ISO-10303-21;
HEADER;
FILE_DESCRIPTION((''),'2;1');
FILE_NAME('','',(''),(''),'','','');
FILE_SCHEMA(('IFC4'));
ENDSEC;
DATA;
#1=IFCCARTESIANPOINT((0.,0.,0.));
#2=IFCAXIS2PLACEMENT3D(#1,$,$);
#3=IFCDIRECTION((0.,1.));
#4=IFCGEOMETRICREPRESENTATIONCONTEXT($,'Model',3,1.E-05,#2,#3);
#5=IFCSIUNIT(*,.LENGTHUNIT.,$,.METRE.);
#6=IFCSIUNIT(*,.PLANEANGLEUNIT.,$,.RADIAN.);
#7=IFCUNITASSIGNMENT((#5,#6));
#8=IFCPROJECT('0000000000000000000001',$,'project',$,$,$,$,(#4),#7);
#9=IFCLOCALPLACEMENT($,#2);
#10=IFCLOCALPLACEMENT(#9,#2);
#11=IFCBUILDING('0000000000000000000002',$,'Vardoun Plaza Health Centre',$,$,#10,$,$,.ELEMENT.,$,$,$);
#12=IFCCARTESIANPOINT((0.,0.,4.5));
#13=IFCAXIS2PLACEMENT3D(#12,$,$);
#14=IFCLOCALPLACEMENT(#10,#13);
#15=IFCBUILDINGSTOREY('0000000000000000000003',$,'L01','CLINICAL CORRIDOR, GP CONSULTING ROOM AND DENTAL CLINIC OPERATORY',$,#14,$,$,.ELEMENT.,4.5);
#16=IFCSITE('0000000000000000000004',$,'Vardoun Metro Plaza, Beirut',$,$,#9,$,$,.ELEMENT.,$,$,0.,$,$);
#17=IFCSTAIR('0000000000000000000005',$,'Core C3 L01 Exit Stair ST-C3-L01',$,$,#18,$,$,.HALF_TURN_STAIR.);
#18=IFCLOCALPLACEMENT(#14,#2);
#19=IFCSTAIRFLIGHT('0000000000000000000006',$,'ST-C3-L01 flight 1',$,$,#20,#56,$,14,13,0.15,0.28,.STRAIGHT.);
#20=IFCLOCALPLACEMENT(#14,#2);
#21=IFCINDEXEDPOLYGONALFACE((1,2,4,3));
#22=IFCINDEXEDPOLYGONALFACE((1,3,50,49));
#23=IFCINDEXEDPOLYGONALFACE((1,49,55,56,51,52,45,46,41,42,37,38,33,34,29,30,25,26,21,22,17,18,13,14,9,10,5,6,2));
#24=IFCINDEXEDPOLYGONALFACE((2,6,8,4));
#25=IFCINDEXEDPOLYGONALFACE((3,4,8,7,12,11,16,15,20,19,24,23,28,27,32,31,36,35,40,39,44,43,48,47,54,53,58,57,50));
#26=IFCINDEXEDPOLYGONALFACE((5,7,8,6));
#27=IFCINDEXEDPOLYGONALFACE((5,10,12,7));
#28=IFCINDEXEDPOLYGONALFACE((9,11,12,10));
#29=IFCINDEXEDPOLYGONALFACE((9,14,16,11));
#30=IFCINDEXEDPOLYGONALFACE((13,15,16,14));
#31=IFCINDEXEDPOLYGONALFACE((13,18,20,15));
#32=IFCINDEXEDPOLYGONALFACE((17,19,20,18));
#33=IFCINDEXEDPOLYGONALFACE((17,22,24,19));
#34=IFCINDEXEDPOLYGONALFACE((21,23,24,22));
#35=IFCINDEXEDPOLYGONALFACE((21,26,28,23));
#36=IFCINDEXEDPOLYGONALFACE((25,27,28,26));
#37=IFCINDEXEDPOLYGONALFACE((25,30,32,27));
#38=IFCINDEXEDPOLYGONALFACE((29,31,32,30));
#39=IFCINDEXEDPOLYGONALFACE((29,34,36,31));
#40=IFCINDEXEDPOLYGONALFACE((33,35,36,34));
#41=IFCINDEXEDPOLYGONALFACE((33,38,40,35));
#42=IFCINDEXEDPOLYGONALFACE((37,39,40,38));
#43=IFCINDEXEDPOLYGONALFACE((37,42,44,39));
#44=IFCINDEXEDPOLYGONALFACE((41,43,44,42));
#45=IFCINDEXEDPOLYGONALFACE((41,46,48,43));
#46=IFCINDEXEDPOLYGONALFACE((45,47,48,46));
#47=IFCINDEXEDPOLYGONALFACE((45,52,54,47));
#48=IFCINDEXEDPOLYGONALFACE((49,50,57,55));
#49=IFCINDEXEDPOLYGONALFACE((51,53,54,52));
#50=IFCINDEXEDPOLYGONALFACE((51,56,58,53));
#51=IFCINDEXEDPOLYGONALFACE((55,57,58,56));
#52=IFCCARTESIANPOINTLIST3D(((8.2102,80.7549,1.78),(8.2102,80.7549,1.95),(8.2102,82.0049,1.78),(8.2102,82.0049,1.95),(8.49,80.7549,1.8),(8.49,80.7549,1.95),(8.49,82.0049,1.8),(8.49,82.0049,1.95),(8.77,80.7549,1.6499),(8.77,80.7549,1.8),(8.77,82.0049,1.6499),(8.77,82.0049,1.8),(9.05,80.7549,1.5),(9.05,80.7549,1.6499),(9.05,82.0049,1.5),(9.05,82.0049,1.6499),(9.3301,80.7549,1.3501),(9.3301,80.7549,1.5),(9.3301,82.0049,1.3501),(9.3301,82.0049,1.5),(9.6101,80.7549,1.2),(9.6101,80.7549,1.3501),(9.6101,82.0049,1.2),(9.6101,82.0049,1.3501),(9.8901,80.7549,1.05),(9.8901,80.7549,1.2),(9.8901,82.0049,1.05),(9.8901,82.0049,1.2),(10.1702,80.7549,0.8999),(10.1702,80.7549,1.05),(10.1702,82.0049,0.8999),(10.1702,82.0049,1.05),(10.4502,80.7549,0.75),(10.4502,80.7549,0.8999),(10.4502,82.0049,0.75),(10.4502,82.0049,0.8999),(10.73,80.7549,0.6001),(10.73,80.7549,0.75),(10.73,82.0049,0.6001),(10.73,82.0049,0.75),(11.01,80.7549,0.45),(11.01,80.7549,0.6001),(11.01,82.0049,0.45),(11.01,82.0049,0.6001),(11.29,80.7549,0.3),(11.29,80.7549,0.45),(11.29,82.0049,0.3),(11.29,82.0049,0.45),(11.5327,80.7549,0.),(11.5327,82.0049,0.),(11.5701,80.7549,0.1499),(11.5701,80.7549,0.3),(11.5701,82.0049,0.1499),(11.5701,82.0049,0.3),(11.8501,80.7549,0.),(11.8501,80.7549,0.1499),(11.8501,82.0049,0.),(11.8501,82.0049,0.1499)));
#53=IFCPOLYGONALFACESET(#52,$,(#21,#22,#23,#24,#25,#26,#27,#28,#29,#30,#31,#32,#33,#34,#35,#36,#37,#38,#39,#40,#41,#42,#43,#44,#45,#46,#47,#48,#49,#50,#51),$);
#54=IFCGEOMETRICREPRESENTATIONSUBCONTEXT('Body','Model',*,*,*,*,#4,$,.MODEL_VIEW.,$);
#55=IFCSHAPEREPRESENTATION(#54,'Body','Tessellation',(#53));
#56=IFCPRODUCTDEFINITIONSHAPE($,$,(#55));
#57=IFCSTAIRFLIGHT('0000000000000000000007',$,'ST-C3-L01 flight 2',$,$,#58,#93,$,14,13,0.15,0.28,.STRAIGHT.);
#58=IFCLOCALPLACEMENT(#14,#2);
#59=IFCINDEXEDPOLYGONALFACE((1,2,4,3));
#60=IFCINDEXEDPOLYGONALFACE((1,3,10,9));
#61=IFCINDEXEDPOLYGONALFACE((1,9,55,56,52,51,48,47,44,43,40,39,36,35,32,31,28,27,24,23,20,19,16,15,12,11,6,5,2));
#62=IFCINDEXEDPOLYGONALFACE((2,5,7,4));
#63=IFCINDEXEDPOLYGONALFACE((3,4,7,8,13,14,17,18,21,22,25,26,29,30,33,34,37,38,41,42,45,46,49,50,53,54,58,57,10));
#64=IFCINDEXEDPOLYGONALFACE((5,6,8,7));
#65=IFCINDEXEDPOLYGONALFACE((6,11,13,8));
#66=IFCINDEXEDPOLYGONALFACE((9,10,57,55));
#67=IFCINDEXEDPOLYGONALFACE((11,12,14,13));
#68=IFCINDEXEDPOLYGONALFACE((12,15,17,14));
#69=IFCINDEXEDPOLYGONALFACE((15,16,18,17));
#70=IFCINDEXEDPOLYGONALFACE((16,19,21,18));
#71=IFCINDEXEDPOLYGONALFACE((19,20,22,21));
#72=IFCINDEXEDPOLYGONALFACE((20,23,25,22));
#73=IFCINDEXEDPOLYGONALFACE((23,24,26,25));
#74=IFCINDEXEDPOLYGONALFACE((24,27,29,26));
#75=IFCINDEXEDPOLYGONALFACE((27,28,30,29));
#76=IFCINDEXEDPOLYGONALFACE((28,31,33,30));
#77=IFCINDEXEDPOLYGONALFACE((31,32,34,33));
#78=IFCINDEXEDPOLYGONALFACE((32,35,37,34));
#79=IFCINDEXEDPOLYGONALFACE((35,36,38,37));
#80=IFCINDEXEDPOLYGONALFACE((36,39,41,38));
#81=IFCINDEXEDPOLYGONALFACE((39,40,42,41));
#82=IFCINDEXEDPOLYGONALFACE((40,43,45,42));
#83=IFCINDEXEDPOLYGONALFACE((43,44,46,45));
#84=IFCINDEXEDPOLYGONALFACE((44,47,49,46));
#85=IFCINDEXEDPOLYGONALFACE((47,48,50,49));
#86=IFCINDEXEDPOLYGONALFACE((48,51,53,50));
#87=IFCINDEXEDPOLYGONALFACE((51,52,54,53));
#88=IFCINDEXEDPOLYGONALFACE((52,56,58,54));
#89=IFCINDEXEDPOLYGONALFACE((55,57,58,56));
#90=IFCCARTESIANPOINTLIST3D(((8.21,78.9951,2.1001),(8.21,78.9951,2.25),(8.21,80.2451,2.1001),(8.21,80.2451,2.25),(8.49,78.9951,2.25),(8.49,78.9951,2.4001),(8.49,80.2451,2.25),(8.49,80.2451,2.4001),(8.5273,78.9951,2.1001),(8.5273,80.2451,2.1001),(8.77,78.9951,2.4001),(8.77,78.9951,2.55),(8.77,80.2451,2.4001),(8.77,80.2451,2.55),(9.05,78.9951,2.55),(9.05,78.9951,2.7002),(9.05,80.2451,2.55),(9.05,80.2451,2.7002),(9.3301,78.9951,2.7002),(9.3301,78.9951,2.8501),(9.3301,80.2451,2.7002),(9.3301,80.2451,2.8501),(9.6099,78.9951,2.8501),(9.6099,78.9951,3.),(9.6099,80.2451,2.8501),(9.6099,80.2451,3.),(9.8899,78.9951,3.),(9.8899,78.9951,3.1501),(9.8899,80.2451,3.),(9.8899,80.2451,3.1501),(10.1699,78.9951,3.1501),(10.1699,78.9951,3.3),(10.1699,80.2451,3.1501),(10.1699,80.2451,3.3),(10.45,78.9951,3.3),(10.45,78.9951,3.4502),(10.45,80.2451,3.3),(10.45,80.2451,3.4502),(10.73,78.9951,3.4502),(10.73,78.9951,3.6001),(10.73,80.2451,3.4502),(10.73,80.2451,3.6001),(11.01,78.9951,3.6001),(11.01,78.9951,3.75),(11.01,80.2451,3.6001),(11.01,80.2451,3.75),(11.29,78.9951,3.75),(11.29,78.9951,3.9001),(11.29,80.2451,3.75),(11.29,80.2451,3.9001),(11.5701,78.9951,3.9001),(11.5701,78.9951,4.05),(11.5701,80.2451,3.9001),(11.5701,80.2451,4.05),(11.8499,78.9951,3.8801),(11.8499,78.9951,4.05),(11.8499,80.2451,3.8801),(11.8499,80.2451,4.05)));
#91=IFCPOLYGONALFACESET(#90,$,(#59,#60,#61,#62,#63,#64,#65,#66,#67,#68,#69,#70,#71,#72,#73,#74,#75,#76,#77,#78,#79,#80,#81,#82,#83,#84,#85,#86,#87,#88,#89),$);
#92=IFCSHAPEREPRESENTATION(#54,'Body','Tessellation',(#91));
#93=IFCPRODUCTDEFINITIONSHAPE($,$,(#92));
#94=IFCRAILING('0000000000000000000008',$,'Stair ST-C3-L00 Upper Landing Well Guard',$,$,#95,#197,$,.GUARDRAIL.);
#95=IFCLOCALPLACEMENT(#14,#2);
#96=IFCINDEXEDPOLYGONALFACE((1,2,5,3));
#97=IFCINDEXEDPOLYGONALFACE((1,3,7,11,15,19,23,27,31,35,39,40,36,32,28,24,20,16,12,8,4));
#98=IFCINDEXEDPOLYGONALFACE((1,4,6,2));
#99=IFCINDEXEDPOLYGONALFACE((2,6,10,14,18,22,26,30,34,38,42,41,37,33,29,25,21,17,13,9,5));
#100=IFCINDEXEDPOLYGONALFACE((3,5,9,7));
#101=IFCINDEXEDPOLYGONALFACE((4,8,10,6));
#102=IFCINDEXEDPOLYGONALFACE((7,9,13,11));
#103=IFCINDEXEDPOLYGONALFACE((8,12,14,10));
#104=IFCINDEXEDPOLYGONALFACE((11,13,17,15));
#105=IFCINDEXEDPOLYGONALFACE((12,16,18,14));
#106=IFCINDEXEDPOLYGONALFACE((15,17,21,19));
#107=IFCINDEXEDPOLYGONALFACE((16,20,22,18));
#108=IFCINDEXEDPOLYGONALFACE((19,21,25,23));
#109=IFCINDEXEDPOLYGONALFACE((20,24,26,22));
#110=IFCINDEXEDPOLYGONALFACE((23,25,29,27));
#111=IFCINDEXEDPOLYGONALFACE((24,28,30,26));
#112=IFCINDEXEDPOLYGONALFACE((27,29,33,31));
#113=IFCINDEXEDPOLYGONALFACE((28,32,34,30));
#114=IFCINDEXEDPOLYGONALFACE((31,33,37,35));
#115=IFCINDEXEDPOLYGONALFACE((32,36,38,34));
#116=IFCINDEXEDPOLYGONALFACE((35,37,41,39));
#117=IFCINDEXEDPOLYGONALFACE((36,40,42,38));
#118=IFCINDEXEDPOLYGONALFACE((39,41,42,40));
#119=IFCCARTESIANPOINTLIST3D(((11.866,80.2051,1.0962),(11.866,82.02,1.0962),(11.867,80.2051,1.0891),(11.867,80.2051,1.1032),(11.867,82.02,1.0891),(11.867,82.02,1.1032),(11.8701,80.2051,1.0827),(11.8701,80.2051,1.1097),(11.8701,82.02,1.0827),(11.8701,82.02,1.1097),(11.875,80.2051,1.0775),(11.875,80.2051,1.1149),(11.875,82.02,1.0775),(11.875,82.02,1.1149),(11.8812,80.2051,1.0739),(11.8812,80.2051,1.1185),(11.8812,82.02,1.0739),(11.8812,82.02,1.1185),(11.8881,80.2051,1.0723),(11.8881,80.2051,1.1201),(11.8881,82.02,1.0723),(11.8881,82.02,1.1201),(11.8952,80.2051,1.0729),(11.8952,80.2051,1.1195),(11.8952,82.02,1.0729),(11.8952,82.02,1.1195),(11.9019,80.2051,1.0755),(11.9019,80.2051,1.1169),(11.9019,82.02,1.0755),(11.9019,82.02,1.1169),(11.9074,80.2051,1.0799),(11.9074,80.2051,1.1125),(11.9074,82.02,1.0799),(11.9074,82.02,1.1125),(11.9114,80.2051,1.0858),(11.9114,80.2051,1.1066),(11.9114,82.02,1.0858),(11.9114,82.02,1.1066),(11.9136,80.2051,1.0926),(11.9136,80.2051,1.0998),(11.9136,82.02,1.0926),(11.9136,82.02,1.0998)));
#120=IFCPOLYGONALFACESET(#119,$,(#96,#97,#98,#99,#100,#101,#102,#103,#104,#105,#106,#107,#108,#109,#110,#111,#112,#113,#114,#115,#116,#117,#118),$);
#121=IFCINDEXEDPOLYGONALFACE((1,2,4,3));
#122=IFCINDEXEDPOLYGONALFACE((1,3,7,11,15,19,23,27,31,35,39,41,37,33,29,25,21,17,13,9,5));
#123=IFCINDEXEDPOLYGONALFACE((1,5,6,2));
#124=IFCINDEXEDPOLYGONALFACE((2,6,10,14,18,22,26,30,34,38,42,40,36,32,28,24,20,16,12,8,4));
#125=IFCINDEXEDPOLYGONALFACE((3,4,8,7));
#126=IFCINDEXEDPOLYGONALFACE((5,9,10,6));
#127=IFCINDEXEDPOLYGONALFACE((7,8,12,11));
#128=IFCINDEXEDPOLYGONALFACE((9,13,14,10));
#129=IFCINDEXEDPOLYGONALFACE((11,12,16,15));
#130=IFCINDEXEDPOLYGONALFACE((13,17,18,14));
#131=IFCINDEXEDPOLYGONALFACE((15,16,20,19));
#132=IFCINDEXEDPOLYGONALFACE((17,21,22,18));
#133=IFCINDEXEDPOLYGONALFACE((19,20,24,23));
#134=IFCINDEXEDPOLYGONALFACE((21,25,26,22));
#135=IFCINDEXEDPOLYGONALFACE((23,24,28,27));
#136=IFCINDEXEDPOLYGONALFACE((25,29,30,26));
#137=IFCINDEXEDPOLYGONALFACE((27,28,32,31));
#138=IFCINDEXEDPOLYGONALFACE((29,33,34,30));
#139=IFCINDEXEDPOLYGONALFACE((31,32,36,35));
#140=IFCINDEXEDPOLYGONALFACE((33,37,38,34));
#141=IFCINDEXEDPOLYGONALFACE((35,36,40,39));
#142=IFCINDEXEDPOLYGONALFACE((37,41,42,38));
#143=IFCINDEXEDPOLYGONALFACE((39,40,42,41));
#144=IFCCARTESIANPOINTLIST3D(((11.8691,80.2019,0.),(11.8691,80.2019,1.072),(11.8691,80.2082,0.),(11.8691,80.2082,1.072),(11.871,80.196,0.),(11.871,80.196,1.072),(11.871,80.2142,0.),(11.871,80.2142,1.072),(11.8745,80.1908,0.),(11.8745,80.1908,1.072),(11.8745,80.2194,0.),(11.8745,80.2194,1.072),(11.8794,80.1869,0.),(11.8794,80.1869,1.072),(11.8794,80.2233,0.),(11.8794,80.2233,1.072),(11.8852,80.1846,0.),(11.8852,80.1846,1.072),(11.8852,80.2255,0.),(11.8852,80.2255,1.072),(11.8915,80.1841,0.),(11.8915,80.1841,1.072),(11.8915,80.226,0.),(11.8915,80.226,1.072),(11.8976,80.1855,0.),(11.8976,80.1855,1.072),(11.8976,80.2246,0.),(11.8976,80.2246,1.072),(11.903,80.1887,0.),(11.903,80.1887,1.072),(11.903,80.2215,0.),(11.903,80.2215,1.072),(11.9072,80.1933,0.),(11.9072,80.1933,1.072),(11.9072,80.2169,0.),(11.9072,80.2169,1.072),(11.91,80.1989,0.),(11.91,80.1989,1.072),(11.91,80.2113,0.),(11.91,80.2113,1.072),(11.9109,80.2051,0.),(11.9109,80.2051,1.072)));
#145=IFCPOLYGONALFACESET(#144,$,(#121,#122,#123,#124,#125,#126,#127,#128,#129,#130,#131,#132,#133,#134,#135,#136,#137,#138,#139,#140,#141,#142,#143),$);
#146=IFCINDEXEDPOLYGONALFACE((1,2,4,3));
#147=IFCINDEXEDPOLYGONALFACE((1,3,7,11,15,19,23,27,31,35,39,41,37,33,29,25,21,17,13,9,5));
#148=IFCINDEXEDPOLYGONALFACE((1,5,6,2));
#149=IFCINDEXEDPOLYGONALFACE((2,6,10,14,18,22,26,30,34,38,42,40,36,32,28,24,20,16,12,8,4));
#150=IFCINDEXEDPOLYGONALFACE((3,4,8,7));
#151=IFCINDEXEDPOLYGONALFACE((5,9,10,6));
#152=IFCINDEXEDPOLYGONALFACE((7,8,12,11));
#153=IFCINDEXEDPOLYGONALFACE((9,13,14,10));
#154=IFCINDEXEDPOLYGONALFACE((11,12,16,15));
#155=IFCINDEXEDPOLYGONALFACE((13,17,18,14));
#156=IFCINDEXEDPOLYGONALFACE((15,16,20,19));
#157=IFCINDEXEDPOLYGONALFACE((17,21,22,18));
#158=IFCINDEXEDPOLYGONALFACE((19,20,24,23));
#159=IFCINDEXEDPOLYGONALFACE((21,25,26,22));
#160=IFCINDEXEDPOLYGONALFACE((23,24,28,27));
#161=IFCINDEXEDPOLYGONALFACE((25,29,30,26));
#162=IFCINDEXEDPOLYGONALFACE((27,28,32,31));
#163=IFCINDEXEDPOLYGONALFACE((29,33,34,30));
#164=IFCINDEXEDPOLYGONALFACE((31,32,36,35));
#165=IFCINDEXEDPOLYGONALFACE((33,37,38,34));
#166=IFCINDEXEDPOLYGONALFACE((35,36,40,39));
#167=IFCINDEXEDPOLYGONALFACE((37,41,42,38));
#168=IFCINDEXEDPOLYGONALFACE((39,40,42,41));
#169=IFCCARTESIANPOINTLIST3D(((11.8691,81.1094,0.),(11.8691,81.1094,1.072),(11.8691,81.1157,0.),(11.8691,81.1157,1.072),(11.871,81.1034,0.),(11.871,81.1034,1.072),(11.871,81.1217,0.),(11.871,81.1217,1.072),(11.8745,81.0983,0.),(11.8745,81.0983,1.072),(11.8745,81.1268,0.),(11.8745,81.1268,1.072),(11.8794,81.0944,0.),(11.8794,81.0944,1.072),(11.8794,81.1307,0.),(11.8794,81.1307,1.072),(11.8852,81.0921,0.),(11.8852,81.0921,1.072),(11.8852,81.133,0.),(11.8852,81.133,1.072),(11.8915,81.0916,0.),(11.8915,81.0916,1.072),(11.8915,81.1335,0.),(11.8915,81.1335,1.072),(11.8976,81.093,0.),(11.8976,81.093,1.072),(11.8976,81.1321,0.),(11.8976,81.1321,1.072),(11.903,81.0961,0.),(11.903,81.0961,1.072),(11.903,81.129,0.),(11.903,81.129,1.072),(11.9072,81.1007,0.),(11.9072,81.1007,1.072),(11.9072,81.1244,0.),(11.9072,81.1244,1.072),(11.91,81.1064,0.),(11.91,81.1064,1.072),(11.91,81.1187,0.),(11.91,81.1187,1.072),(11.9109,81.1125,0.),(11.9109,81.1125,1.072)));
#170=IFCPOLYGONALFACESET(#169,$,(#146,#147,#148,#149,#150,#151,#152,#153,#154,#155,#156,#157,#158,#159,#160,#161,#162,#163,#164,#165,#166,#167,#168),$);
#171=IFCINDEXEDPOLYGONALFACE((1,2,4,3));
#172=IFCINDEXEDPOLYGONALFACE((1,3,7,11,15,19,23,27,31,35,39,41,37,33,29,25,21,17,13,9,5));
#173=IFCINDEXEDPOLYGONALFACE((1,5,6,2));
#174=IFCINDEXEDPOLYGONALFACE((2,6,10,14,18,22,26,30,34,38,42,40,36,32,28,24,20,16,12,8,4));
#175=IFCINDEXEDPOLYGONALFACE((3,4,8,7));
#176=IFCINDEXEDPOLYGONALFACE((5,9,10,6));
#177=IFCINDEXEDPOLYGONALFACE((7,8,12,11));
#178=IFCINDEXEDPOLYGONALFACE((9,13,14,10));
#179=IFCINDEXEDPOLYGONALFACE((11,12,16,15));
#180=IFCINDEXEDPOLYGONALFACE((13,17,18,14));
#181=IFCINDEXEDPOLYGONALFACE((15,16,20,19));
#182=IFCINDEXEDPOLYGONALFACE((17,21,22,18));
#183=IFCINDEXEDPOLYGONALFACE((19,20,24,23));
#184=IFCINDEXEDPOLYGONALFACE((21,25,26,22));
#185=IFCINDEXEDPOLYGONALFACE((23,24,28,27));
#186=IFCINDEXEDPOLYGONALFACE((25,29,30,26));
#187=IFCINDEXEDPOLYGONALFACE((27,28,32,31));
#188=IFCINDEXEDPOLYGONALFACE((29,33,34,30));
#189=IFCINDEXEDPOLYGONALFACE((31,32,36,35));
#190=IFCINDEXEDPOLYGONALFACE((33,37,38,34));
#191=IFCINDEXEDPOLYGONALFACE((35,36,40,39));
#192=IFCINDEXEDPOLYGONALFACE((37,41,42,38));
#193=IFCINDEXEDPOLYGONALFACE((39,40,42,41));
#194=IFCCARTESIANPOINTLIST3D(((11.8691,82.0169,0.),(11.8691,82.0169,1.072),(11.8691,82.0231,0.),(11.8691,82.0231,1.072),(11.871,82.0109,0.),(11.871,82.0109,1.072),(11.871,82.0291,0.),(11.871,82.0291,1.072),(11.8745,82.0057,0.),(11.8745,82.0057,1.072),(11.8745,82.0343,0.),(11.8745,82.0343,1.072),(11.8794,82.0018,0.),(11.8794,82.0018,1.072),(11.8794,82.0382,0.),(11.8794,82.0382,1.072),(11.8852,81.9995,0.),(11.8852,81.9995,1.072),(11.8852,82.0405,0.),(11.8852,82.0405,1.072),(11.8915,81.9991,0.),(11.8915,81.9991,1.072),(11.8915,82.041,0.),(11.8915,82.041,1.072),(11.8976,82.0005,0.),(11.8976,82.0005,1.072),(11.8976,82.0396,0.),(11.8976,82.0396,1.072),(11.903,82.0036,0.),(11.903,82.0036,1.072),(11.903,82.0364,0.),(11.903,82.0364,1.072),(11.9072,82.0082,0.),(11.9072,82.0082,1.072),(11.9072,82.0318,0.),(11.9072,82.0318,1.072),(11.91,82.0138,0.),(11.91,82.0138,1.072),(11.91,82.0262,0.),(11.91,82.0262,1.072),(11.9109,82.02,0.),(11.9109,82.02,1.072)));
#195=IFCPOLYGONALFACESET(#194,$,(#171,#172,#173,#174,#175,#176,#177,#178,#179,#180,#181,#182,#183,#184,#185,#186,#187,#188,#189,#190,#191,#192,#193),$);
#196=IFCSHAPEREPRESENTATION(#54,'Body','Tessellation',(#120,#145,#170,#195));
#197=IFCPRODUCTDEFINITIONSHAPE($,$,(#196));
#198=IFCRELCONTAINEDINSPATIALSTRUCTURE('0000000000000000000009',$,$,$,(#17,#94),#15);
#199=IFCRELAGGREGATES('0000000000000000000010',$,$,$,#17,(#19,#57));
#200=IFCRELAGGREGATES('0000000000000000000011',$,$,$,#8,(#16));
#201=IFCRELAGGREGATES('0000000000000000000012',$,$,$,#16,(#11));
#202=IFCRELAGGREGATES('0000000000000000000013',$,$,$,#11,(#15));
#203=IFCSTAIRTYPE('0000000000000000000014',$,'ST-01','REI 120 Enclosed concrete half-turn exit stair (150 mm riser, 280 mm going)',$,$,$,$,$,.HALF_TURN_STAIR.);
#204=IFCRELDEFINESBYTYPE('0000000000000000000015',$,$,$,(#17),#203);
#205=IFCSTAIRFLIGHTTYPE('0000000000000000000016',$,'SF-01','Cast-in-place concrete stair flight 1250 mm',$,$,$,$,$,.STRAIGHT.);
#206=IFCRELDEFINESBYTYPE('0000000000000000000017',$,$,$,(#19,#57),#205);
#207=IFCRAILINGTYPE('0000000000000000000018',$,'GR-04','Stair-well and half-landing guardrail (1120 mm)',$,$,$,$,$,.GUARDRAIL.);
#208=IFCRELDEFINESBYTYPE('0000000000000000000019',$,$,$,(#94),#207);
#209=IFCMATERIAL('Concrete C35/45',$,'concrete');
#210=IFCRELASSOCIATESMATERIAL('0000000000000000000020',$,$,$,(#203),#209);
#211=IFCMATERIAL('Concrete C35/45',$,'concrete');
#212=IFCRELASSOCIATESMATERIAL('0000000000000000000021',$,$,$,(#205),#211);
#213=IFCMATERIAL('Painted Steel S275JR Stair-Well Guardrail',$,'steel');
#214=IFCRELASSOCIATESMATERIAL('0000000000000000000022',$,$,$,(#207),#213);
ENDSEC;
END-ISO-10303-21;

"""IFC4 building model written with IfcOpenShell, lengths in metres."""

from ifc_helpers import new_model, si_unit, direction, frame, origin, origin_2d, place, context, subcontext, project, spatial, polyline, circle, outline, extrude, material, type_object, element, aggregate, save


model = new_model("IFC4")

# Units and contexts
model_context = context("Model", 3, precision=1e-05, world=origin(), true_north=direction((0.0, 1.0)))
body_context = subcontext(model_context, "Body", "Model", "MODEL_VIEW")
ifc_project = project(units=[si_unit("LENGTHUNIT", "METRE"), si_unit("PLANEANGLEUNIT", "RADIAN")], contexts=[model_context])

# Site, building, storey
site_placement = place(None, origin())
site = spatial("IfcSite", under=ifc_project, at=site_placement, Name="Vardoun Metro Plaza, Beirut", CompositionType="ELEMENT", RefElevation=0.0)
building_placement = place(site_placement, origin())
building = spatial("IfcBuilding", under=site, at=building_placement, Name="Vardoun Plaza Health Centre", CompositionType="ELEMENT")
storey_placement = place(building_placement, frame((0.0, 0.0, 4.5)))
storey = spatial("IfcBuildingStorey", under=building, at=storey_placement, Name="L01", Description="CLINICAL CORRIDOR, GP CONSULTING ROOM AND DENTAL CLINIC OPERATORY", CompositionType="ELEMENT", Elevation=4.5)

# Stair, stair flights
ifc_material_1 = material(Name="Concrete C35/45", Category="concrete")
stair_type = type_object("IfcStairType", Name="ST-01", Description="REI 120 Enclosed concrete half-turn exit stair (150 mm riser, 280 mm going)", PredefinedType="HALF_TURN_STAIR", material=ifc_material_1)
stair_placement = place(storey_placement, origin())
stair = element("IfcStair", 1, at=stair_placement, inside=storey, type_object=stair_type, Name="Core C3 L01 Exit Stair ST-C3-L01", PredefinedType="HALF_TURN_STAIR")
ifc_material_2 = material(Name="Concrete C35/45", Category="concrete")
stair_flight_type = type_object("IfcStairFlightType", Name="SF-01", Description="Cast-in-place concrete stair flight 1250 mm", PredefinedType="STRAIGHT", material=ifc_material_2)
stair_flight_1_placement = place(storey_placement, frame((11.8501, 81.3799, 0.0), z_axis=(0.0, 0.0, 1.0), x_axis=(-1.0, 0.0, 0.0)))
stair_flight_1 = element("IfcStairFlight", 2, at=stair_flight_1_placement, type_object=stair_flight_type, Name="ST-C3-L01 flight 1", NumberOfRisers=14, NumberOfTreads=13, PredefinedType="STRAIGHT", RiserHeight=0.15, TreadLength=0.28, context=body_context, shape_type="SweptSolid", body=[
    extrude(outline(polyline([(0.0, 0.0), (0.0, 0.1499), (0.28, 0.1499), (0.28, 0.3), (0.5601, 0.3), (0.5601, 0.45), (0.8401, 0.45), (0.8401, 0.6001), (1.1201, 0.6001), (1.1201, 0.75), (1.3999, 0.75), (1.3999, 0.8999), (1.6799, 0.8999), (1.6799, 1.05), (1.96, 1.05), (1.96, 1.2), (2.24, 1.2), (2.24, 1.3501), (2.52, 1.3501), (2.52, 1.5), (2.8, 1.5), (2.8, 1.6499), (3.0801, 1.6499), (3.0801, 1.8), (3.3601, 1.8), (3.3601, 1.95), (3.6399, 1.95), (3.6399, 2.1001), (3.6399, 1.78), (0.3174, 0.0), (0.0, 0.0)])), frame((0.0, 0.625, 0.0), z_axis=(0.0, -1.0, 0.0), x_axis=(1.0, 0.0, 0.0)), (0.0, 0.0, 1.0), 1.25),
])
stair_flight_2_placement = place(storey_placement, frame((8.21, 79.6201, 2.1001), z_axis=(0.0, 0.0, 1.0), x_axis=(1.0, 0.0, 0.0)))
stair_flight_2 = element("IfcStairFlight", 3, at=stair_flight_2_placement, type_object=stair_flight_type, Name="ST-C3-L01 flight 2", NumberOfRisers=14, NumberOfTreads=13, PredefinedType="STRAIGHT", RiserHeight=0.15, TreadLength=0.28, context=body_context, shape_type="SweptSolid", body=[
    extrude(outline(polyline([(0.0, 0.0), (0.0, 0.1499), (0.28, 0.1499), (0.28, 0.3), (0.5601, 0.3), (0.5601, 0.45), (0.8401, 0.45), (0.8401, 0.6001), (1.1201, 0.6001), (1.1201, 0.75), (1.3999, 0.75), (1.3999, 0.8999), (1.6799, 0.8999), (1.6799, 1.05), (1.96, 1.05), (1.96, 1.2), (2.24, 1.2), (2.24, 1.3501), (2.52, 1.3501), (2.52, 1.5), (2.8, 1.5), (2.8, 1.6499), (3.0801, 1.6499), (3.0801, 1.8), (3.3601, 1.8), (3.3601, 1.95), (3.6399, 1.95), (3.6399, 2.1001), (3.6399, 1.78), (0.3174, 0.0), (0.0, 0.0)])), frame((0.0, 0.625, 0.0), z_axis=(0.0, -1.0, 0.0), x_axis=(1.0, 0.0, 0.0)), (0.0, 0.0, 1.0), 1.25),
])
aggregate(stair, [stair_flight_1, stair_flight_2])

# Railing
ifc_material_3 = material(Name="Painted Steel S275JR Stair-Well Guardrail", Category="steel")
railing_type_1 = type_object("IfcRailingType", Name="GR-04", Description="Stair-well and half-landing guardrail (1120 mm)", PredefinedType="GUARDRAIL", material=ifc_material_3)
railing_1_placement = place(storey_placement, frame((11.8899, 80.2051, 0.0)))
element("IfcRailing", 4, at=railing_1_placement, inside=storey, type_object=railing_type_1, Name="Stair ST-C3-L00 Upper Landing Well Guard", PredefinedType="GUARDRAIL", context=body_context, shape_type="SweptSolid", body=[
    extrude(circle(Radius=0.0239, at=origin_2d()), frame((0.0, 0.0, 1.0962), z_axis=(0.0, 1.0, 0.0), x_axis=(-1.0, 0.0, 0.0)), (0.0, 0.0, 1.0), 1.8149),
    extrude(circle(Radius=0.021, at=origin_2d()), origin(), (0.0, 0.0, 1.0), 1.072),
    extrude(circle(Radius=0.021, at=origin_2d()), frame((0.0, 0.9075, 0.0)), (0.0, 0.0, 1.0), 1.072),
    extrude(circle(Radius=0.021, at=origin_2d()), frame((0.0, 1.8149, 0.0)), (0.0, 0.0, 1.0), 1.072),
])

save(model, "model.ifc")
